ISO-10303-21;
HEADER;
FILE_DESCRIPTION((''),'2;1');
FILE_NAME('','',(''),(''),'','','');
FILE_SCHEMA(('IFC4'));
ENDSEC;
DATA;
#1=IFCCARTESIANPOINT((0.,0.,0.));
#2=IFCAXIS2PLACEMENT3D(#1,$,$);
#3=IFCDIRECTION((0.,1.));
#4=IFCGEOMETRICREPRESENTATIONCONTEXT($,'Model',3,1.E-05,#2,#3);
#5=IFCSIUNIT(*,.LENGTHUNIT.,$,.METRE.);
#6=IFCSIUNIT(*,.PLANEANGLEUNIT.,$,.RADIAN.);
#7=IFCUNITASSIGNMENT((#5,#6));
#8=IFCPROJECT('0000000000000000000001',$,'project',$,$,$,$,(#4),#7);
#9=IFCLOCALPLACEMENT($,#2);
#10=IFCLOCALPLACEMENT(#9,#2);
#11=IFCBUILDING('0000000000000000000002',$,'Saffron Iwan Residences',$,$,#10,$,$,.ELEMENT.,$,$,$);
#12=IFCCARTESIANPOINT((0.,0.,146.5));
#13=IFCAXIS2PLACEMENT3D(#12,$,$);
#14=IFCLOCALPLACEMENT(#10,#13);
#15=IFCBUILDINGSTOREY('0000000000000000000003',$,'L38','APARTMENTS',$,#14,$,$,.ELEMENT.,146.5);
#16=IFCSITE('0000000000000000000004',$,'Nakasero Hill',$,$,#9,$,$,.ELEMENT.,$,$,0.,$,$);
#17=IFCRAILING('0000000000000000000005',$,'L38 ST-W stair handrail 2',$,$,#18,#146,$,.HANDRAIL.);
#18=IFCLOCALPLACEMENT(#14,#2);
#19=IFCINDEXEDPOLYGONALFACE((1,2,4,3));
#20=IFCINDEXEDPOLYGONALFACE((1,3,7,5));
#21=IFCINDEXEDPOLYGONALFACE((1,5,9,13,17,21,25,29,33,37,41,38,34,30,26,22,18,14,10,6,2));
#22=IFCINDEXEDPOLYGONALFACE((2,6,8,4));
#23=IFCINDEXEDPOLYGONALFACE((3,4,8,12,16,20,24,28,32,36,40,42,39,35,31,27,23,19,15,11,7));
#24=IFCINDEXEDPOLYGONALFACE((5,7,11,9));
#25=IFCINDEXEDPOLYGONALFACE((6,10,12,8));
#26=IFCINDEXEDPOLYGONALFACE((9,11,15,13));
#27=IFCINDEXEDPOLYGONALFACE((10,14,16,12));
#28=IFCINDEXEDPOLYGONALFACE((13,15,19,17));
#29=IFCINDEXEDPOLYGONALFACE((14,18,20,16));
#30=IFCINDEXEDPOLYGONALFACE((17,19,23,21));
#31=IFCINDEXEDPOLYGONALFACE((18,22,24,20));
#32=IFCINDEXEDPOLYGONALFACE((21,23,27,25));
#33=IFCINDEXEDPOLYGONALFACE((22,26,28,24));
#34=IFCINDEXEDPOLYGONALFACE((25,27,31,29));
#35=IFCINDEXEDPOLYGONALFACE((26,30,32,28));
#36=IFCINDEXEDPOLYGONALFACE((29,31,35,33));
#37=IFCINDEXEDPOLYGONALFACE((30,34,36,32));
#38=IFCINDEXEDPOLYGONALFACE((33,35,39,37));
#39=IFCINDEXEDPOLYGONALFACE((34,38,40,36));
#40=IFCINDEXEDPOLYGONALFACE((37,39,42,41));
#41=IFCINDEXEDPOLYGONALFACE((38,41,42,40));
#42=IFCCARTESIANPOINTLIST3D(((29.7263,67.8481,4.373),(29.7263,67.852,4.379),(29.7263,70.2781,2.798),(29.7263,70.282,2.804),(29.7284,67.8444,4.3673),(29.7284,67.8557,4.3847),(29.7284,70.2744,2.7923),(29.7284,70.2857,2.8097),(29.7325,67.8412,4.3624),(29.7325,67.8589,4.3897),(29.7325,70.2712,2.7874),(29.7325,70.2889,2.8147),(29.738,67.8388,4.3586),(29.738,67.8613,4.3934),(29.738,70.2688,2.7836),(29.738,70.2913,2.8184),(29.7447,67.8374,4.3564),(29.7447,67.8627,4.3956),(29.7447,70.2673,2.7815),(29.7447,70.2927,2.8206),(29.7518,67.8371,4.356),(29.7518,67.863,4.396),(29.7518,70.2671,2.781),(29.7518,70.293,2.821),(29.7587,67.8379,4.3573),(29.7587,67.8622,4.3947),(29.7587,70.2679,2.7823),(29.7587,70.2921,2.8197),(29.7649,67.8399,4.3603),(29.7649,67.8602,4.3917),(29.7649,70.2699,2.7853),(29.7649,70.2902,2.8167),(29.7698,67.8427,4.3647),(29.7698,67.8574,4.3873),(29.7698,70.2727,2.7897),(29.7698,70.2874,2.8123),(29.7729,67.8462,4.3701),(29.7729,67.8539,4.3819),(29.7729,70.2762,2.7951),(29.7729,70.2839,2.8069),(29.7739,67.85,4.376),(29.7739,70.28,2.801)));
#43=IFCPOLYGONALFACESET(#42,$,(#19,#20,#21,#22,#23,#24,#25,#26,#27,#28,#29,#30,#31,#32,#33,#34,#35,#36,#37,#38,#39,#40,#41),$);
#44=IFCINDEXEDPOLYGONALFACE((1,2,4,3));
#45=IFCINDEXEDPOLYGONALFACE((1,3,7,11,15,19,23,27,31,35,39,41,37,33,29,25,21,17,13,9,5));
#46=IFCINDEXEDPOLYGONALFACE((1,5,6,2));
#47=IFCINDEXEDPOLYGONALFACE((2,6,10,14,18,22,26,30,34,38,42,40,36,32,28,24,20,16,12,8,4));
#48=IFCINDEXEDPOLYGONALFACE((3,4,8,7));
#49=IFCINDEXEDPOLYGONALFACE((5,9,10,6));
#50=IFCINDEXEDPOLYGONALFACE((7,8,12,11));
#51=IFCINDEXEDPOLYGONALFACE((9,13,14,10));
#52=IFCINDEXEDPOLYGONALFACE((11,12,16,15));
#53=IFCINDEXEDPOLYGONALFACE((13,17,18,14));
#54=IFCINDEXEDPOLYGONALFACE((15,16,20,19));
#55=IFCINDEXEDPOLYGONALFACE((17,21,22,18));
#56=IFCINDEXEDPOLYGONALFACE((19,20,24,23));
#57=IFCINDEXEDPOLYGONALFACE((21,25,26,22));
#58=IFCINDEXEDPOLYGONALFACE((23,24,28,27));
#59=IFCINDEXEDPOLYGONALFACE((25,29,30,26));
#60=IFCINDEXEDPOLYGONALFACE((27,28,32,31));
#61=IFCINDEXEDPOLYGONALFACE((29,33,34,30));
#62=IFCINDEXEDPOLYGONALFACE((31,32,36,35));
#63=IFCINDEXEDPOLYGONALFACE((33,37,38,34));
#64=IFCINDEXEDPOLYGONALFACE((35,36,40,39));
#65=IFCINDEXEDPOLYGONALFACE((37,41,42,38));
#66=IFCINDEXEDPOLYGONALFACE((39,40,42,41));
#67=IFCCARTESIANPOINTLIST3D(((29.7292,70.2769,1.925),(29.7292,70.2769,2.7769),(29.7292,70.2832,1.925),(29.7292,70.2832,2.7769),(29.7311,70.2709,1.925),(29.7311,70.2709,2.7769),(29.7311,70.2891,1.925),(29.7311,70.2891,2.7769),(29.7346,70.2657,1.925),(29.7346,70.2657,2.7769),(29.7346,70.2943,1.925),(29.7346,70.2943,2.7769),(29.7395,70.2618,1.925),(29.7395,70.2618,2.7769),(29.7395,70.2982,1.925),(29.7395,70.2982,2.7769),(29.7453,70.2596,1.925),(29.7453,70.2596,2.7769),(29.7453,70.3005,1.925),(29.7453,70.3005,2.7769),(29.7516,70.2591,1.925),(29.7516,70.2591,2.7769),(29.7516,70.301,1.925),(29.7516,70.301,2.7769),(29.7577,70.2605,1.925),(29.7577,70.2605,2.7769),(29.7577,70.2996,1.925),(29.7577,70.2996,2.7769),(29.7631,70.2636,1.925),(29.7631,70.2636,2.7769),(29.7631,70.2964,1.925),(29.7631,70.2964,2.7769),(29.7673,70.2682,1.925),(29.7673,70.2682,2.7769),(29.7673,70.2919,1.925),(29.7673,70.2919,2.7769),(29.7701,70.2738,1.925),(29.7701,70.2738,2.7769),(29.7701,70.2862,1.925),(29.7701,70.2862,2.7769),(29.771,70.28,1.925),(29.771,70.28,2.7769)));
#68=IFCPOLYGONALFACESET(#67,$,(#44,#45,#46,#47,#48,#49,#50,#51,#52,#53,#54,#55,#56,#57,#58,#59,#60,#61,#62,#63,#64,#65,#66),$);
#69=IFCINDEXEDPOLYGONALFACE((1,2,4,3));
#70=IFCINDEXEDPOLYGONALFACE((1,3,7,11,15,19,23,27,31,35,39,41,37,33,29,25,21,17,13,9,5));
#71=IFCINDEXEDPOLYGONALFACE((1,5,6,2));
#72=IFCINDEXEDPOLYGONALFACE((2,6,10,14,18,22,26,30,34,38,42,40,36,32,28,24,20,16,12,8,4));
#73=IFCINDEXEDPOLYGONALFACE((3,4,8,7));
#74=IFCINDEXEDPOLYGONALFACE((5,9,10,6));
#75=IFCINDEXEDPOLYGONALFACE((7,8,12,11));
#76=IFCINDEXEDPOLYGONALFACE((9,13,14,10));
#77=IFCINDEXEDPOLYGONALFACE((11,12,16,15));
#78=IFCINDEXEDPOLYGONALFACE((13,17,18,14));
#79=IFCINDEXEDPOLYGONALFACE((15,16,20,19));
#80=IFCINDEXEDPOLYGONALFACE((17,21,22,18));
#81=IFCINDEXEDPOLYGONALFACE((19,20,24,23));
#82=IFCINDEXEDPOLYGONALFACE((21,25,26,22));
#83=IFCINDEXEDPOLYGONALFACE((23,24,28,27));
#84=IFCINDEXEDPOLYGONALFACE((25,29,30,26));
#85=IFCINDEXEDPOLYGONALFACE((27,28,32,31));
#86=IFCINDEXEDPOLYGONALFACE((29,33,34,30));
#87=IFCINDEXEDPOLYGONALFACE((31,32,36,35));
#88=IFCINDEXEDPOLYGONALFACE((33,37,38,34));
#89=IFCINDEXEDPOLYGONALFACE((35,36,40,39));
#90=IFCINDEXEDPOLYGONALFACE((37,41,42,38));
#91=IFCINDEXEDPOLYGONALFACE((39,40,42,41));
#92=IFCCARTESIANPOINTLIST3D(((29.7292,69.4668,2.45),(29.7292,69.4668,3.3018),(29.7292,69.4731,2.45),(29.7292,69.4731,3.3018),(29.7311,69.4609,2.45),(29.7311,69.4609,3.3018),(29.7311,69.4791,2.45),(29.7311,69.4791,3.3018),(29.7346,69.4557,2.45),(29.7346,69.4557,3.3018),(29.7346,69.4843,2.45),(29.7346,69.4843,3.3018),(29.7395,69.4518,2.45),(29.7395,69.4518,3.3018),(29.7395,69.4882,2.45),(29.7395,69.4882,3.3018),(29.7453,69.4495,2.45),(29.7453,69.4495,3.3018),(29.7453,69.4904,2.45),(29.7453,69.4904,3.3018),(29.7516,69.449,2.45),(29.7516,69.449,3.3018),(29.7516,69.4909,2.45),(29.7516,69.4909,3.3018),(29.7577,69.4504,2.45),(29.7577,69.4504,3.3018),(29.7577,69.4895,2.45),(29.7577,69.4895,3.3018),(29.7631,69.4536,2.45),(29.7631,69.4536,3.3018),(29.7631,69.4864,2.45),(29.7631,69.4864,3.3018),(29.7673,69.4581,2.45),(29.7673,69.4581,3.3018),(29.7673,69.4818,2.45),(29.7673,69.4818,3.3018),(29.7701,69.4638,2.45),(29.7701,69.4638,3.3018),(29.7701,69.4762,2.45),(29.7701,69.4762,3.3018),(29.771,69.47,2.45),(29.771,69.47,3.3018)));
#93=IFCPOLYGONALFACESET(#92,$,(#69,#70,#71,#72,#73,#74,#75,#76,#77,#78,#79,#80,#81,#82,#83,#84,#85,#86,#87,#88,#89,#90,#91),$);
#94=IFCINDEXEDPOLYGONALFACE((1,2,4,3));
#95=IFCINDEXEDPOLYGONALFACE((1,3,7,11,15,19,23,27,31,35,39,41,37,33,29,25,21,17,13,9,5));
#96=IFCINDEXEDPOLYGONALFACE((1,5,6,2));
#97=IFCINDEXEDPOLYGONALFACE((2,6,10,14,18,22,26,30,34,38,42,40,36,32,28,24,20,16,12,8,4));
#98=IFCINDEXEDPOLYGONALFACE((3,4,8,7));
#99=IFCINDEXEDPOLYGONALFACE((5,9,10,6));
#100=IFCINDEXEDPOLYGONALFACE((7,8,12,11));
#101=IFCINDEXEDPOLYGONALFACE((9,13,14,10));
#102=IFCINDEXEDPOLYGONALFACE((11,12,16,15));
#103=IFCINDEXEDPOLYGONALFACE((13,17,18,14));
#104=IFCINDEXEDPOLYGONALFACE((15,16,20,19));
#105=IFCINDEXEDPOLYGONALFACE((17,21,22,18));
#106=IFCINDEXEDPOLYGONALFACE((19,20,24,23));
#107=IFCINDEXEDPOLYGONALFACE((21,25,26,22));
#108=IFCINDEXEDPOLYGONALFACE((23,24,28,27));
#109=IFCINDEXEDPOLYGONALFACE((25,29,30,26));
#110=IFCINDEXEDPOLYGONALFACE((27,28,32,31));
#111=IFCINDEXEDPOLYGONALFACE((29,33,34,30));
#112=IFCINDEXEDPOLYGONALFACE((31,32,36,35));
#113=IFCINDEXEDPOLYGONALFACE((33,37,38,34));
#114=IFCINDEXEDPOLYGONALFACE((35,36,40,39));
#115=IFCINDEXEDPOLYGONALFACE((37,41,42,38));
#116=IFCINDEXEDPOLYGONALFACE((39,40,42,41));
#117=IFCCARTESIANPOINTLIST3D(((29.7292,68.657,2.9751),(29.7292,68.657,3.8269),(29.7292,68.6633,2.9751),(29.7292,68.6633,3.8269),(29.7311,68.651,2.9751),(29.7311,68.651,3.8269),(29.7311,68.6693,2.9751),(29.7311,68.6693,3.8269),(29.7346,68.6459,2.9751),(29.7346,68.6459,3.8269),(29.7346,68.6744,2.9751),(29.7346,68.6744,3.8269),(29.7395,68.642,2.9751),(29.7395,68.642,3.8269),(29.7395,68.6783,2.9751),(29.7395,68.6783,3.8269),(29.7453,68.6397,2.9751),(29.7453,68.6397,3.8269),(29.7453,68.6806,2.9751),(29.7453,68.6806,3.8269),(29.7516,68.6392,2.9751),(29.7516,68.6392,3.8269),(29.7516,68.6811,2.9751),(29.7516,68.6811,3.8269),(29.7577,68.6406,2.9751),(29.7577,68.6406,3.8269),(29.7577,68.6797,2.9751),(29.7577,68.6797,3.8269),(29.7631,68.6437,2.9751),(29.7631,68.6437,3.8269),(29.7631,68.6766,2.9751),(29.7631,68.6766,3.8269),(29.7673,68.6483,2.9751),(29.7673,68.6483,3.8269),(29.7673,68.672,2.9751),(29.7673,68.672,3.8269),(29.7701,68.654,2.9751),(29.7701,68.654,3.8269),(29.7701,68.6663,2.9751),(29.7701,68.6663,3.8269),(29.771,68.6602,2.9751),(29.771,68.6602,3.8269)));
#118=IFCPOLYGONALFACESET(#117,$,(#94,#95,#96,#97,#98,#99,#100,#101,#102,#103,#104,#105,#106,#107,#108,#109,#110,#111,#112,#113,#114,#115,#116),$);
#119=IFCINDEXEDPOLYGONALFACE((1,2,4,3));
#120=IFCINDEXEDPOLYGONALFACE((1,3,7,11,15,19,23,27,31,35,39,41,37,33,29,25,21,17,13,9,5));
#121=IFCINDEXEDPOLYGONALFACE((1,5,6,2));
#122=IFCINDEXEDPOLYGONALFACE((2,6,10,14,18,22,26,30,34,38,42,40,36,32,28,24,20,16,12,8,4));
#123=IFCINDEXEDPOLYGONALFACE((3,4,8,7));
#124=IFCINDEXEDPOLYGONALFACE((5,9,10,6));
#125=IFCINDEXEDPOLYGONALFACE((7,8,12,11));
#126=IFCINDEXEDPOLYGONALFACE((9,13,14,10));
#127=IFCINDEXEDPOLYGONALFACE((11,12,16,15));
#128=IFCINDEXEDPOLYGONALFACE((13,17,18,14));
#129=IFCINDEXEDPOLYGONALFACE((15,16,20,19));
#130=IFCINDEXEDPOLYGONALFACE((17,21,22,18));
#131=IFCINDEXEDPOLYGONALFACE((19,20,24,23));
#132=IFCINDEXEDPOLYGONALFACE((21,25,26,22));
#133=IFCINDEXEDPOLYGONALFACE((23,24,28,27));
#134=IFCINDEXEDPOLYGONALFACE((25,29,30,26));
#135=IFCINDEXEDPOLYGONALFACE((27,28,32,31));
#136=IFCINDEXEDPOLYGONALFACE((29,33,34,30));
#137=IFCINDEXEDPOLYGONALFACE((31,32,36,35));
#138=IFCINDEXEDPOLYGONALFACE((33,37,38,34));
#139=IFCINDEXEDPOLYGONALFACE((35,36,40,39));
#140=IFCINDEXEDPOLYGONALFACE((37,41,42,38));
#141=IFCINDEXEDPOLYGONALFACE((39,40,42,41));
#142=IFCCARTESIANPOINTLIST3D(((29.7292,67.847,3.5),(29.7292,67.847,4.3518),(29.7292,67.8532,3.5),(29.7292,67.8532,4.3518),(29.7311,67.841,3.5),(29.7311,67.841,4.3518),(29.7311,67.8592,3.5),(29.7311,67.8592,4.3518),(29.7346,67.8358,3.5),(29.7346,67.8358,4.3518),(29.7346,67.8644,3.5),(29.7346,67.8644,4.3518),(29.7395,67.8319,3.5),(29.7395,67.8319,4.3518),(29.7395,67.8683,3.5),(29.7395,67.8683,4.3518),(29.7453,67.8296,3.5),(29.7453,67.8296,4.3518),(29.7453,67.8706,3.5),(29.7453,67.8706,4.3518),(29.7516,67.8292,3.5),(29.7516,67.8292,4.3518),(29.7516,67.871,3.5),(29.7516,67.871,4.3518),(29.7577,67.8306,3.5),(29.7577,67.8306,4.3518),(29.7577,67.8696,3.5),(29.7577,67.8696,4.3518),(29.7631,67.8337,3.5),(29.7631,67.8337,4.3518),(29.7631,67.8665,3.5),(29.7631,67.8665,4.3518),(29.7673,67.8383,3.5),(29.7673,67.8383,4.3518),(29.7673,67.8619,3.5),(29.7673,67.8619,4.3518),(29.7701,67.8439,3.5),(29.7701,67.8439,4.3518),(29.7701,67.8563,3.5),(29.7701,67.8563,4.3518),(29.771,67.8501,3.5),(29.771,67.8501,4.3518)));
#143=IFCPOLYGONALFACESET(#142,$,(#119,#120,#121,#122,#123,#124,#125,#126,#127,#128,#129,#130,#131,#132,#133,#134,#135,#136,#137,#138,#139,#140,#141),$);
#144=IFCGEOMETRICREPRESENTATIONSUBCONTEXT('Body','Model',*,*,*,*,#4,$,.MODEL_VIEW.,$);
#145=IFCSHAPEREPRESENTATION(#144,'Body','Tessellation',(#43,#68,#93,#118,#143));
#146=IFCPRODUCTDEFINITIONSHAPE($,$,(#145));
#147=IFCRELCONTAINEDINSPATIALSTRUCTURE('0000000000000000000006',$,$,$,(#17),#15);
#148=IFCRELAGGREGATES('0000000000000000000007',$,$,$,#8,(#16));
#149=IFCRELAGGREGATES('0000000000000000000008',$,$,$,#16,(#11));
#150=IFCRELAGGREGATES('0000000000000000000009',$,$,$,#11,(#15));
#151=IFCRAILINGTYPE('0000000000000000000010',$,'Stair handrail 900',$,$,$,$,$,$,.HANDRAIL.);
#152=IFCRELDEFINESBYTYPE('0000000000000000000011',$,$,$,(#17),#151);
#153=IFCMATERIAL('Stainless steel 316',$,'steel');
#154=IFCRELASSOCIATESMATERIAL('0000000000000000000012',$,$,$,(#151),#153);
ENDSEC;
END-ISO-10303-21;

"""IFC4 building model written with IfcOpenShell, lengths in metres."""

from ifc_helpers import new_model, si_unit, direction, frame, origin, origin_2d, place, context, subcontext, project, spatial, circle, extrude, material, type_object, element, save


model = new_model("IFC4")

# Units and contexts
model_context = context("Model", 3, precision=1e-05, world=origin(), true_north=direction((0.0, 1.0)))
body_context = subcontext(model_context, "Body", "Model", "MODEL_VIEW")
ifc_project = project(units=[si_unit("LENGTHUNIT", "METRE"), si_unit("PLANEANGLEUNIT", "RADIAN")], contexts=[model_context])

# Site, building, storey
site_placement = place(None, origin())
site = spatial("IfcSite", under=ifc_project, at=site_placement, Name="Nakasero Hill", CompositionType="ELEMENT", RefElevation=0.0)
building_placement = place(site_placement, origin())
building = spatial("IfcBuilding", under=site, at=building_placement, Name="Saffron Iwan Residences", CompositionType="ELEMENT")
storey_placement = place(building_placement, frame((0.0, 0.0, 146.5)))
storey = spatial("IfcBuildingStorey", under=building, at=storey_placement, Name="L38", Description="APARTMENTS", CompositionType="ELEMENT", Elevation=146.5)

# Railing
ifc_material_1 = material(Name="Stainless steel 316", Category="steel")
railing_type_1 = type_object("IfcRailingType", Name="Stair handrail 900", PredefinedType="HANDRAIL", material=ifc_material_1)
railing_1_placement = place(storey_placement, frame((29.75, 70.28, 1.925)))
element("IfcRailing", 1, at=railing_1_placement, inside=storey, type_object=railing_type_1, Name="L38 ST-W stair handrail 2", PredefinedType="HANDRAIL", context=body_context, shape_type="SweptSolid", body=[
    extrude(circle(Radius=0.0239, at=origin_2d()), frame((0.0, 0.0, 0.876), z_axis=(0.0, -0.839154, 0.543894), x_axis=(1.0, 0.0, 0.0)), (0.0, 0.0, 1.0), 2.8958),
    extrude(circle(Radius=0.021, at=origin_2d()), origin(), (0.0, 0.0, 1.0), 0.8518),
    extrude(circle(Radius=0.021, at=origin_2d()), frame((0.0, -0.8101, 0.5249)), (0.0, 0.0, 1.0), 0.8518),
    extrude(circle(Radius=0.021, at=origin_2d()), frame((0.0, -1.6199, 1.05)), (0.0, 0.0, 1.0), 0.8518),
    extrude(circle(Radius=0.021, at=origin_2d()), frame((0.0, -2.4299, 1.575)), (0.0, 0.0, 1.0), 0.8518),
])

save(model, "model.ifc")
